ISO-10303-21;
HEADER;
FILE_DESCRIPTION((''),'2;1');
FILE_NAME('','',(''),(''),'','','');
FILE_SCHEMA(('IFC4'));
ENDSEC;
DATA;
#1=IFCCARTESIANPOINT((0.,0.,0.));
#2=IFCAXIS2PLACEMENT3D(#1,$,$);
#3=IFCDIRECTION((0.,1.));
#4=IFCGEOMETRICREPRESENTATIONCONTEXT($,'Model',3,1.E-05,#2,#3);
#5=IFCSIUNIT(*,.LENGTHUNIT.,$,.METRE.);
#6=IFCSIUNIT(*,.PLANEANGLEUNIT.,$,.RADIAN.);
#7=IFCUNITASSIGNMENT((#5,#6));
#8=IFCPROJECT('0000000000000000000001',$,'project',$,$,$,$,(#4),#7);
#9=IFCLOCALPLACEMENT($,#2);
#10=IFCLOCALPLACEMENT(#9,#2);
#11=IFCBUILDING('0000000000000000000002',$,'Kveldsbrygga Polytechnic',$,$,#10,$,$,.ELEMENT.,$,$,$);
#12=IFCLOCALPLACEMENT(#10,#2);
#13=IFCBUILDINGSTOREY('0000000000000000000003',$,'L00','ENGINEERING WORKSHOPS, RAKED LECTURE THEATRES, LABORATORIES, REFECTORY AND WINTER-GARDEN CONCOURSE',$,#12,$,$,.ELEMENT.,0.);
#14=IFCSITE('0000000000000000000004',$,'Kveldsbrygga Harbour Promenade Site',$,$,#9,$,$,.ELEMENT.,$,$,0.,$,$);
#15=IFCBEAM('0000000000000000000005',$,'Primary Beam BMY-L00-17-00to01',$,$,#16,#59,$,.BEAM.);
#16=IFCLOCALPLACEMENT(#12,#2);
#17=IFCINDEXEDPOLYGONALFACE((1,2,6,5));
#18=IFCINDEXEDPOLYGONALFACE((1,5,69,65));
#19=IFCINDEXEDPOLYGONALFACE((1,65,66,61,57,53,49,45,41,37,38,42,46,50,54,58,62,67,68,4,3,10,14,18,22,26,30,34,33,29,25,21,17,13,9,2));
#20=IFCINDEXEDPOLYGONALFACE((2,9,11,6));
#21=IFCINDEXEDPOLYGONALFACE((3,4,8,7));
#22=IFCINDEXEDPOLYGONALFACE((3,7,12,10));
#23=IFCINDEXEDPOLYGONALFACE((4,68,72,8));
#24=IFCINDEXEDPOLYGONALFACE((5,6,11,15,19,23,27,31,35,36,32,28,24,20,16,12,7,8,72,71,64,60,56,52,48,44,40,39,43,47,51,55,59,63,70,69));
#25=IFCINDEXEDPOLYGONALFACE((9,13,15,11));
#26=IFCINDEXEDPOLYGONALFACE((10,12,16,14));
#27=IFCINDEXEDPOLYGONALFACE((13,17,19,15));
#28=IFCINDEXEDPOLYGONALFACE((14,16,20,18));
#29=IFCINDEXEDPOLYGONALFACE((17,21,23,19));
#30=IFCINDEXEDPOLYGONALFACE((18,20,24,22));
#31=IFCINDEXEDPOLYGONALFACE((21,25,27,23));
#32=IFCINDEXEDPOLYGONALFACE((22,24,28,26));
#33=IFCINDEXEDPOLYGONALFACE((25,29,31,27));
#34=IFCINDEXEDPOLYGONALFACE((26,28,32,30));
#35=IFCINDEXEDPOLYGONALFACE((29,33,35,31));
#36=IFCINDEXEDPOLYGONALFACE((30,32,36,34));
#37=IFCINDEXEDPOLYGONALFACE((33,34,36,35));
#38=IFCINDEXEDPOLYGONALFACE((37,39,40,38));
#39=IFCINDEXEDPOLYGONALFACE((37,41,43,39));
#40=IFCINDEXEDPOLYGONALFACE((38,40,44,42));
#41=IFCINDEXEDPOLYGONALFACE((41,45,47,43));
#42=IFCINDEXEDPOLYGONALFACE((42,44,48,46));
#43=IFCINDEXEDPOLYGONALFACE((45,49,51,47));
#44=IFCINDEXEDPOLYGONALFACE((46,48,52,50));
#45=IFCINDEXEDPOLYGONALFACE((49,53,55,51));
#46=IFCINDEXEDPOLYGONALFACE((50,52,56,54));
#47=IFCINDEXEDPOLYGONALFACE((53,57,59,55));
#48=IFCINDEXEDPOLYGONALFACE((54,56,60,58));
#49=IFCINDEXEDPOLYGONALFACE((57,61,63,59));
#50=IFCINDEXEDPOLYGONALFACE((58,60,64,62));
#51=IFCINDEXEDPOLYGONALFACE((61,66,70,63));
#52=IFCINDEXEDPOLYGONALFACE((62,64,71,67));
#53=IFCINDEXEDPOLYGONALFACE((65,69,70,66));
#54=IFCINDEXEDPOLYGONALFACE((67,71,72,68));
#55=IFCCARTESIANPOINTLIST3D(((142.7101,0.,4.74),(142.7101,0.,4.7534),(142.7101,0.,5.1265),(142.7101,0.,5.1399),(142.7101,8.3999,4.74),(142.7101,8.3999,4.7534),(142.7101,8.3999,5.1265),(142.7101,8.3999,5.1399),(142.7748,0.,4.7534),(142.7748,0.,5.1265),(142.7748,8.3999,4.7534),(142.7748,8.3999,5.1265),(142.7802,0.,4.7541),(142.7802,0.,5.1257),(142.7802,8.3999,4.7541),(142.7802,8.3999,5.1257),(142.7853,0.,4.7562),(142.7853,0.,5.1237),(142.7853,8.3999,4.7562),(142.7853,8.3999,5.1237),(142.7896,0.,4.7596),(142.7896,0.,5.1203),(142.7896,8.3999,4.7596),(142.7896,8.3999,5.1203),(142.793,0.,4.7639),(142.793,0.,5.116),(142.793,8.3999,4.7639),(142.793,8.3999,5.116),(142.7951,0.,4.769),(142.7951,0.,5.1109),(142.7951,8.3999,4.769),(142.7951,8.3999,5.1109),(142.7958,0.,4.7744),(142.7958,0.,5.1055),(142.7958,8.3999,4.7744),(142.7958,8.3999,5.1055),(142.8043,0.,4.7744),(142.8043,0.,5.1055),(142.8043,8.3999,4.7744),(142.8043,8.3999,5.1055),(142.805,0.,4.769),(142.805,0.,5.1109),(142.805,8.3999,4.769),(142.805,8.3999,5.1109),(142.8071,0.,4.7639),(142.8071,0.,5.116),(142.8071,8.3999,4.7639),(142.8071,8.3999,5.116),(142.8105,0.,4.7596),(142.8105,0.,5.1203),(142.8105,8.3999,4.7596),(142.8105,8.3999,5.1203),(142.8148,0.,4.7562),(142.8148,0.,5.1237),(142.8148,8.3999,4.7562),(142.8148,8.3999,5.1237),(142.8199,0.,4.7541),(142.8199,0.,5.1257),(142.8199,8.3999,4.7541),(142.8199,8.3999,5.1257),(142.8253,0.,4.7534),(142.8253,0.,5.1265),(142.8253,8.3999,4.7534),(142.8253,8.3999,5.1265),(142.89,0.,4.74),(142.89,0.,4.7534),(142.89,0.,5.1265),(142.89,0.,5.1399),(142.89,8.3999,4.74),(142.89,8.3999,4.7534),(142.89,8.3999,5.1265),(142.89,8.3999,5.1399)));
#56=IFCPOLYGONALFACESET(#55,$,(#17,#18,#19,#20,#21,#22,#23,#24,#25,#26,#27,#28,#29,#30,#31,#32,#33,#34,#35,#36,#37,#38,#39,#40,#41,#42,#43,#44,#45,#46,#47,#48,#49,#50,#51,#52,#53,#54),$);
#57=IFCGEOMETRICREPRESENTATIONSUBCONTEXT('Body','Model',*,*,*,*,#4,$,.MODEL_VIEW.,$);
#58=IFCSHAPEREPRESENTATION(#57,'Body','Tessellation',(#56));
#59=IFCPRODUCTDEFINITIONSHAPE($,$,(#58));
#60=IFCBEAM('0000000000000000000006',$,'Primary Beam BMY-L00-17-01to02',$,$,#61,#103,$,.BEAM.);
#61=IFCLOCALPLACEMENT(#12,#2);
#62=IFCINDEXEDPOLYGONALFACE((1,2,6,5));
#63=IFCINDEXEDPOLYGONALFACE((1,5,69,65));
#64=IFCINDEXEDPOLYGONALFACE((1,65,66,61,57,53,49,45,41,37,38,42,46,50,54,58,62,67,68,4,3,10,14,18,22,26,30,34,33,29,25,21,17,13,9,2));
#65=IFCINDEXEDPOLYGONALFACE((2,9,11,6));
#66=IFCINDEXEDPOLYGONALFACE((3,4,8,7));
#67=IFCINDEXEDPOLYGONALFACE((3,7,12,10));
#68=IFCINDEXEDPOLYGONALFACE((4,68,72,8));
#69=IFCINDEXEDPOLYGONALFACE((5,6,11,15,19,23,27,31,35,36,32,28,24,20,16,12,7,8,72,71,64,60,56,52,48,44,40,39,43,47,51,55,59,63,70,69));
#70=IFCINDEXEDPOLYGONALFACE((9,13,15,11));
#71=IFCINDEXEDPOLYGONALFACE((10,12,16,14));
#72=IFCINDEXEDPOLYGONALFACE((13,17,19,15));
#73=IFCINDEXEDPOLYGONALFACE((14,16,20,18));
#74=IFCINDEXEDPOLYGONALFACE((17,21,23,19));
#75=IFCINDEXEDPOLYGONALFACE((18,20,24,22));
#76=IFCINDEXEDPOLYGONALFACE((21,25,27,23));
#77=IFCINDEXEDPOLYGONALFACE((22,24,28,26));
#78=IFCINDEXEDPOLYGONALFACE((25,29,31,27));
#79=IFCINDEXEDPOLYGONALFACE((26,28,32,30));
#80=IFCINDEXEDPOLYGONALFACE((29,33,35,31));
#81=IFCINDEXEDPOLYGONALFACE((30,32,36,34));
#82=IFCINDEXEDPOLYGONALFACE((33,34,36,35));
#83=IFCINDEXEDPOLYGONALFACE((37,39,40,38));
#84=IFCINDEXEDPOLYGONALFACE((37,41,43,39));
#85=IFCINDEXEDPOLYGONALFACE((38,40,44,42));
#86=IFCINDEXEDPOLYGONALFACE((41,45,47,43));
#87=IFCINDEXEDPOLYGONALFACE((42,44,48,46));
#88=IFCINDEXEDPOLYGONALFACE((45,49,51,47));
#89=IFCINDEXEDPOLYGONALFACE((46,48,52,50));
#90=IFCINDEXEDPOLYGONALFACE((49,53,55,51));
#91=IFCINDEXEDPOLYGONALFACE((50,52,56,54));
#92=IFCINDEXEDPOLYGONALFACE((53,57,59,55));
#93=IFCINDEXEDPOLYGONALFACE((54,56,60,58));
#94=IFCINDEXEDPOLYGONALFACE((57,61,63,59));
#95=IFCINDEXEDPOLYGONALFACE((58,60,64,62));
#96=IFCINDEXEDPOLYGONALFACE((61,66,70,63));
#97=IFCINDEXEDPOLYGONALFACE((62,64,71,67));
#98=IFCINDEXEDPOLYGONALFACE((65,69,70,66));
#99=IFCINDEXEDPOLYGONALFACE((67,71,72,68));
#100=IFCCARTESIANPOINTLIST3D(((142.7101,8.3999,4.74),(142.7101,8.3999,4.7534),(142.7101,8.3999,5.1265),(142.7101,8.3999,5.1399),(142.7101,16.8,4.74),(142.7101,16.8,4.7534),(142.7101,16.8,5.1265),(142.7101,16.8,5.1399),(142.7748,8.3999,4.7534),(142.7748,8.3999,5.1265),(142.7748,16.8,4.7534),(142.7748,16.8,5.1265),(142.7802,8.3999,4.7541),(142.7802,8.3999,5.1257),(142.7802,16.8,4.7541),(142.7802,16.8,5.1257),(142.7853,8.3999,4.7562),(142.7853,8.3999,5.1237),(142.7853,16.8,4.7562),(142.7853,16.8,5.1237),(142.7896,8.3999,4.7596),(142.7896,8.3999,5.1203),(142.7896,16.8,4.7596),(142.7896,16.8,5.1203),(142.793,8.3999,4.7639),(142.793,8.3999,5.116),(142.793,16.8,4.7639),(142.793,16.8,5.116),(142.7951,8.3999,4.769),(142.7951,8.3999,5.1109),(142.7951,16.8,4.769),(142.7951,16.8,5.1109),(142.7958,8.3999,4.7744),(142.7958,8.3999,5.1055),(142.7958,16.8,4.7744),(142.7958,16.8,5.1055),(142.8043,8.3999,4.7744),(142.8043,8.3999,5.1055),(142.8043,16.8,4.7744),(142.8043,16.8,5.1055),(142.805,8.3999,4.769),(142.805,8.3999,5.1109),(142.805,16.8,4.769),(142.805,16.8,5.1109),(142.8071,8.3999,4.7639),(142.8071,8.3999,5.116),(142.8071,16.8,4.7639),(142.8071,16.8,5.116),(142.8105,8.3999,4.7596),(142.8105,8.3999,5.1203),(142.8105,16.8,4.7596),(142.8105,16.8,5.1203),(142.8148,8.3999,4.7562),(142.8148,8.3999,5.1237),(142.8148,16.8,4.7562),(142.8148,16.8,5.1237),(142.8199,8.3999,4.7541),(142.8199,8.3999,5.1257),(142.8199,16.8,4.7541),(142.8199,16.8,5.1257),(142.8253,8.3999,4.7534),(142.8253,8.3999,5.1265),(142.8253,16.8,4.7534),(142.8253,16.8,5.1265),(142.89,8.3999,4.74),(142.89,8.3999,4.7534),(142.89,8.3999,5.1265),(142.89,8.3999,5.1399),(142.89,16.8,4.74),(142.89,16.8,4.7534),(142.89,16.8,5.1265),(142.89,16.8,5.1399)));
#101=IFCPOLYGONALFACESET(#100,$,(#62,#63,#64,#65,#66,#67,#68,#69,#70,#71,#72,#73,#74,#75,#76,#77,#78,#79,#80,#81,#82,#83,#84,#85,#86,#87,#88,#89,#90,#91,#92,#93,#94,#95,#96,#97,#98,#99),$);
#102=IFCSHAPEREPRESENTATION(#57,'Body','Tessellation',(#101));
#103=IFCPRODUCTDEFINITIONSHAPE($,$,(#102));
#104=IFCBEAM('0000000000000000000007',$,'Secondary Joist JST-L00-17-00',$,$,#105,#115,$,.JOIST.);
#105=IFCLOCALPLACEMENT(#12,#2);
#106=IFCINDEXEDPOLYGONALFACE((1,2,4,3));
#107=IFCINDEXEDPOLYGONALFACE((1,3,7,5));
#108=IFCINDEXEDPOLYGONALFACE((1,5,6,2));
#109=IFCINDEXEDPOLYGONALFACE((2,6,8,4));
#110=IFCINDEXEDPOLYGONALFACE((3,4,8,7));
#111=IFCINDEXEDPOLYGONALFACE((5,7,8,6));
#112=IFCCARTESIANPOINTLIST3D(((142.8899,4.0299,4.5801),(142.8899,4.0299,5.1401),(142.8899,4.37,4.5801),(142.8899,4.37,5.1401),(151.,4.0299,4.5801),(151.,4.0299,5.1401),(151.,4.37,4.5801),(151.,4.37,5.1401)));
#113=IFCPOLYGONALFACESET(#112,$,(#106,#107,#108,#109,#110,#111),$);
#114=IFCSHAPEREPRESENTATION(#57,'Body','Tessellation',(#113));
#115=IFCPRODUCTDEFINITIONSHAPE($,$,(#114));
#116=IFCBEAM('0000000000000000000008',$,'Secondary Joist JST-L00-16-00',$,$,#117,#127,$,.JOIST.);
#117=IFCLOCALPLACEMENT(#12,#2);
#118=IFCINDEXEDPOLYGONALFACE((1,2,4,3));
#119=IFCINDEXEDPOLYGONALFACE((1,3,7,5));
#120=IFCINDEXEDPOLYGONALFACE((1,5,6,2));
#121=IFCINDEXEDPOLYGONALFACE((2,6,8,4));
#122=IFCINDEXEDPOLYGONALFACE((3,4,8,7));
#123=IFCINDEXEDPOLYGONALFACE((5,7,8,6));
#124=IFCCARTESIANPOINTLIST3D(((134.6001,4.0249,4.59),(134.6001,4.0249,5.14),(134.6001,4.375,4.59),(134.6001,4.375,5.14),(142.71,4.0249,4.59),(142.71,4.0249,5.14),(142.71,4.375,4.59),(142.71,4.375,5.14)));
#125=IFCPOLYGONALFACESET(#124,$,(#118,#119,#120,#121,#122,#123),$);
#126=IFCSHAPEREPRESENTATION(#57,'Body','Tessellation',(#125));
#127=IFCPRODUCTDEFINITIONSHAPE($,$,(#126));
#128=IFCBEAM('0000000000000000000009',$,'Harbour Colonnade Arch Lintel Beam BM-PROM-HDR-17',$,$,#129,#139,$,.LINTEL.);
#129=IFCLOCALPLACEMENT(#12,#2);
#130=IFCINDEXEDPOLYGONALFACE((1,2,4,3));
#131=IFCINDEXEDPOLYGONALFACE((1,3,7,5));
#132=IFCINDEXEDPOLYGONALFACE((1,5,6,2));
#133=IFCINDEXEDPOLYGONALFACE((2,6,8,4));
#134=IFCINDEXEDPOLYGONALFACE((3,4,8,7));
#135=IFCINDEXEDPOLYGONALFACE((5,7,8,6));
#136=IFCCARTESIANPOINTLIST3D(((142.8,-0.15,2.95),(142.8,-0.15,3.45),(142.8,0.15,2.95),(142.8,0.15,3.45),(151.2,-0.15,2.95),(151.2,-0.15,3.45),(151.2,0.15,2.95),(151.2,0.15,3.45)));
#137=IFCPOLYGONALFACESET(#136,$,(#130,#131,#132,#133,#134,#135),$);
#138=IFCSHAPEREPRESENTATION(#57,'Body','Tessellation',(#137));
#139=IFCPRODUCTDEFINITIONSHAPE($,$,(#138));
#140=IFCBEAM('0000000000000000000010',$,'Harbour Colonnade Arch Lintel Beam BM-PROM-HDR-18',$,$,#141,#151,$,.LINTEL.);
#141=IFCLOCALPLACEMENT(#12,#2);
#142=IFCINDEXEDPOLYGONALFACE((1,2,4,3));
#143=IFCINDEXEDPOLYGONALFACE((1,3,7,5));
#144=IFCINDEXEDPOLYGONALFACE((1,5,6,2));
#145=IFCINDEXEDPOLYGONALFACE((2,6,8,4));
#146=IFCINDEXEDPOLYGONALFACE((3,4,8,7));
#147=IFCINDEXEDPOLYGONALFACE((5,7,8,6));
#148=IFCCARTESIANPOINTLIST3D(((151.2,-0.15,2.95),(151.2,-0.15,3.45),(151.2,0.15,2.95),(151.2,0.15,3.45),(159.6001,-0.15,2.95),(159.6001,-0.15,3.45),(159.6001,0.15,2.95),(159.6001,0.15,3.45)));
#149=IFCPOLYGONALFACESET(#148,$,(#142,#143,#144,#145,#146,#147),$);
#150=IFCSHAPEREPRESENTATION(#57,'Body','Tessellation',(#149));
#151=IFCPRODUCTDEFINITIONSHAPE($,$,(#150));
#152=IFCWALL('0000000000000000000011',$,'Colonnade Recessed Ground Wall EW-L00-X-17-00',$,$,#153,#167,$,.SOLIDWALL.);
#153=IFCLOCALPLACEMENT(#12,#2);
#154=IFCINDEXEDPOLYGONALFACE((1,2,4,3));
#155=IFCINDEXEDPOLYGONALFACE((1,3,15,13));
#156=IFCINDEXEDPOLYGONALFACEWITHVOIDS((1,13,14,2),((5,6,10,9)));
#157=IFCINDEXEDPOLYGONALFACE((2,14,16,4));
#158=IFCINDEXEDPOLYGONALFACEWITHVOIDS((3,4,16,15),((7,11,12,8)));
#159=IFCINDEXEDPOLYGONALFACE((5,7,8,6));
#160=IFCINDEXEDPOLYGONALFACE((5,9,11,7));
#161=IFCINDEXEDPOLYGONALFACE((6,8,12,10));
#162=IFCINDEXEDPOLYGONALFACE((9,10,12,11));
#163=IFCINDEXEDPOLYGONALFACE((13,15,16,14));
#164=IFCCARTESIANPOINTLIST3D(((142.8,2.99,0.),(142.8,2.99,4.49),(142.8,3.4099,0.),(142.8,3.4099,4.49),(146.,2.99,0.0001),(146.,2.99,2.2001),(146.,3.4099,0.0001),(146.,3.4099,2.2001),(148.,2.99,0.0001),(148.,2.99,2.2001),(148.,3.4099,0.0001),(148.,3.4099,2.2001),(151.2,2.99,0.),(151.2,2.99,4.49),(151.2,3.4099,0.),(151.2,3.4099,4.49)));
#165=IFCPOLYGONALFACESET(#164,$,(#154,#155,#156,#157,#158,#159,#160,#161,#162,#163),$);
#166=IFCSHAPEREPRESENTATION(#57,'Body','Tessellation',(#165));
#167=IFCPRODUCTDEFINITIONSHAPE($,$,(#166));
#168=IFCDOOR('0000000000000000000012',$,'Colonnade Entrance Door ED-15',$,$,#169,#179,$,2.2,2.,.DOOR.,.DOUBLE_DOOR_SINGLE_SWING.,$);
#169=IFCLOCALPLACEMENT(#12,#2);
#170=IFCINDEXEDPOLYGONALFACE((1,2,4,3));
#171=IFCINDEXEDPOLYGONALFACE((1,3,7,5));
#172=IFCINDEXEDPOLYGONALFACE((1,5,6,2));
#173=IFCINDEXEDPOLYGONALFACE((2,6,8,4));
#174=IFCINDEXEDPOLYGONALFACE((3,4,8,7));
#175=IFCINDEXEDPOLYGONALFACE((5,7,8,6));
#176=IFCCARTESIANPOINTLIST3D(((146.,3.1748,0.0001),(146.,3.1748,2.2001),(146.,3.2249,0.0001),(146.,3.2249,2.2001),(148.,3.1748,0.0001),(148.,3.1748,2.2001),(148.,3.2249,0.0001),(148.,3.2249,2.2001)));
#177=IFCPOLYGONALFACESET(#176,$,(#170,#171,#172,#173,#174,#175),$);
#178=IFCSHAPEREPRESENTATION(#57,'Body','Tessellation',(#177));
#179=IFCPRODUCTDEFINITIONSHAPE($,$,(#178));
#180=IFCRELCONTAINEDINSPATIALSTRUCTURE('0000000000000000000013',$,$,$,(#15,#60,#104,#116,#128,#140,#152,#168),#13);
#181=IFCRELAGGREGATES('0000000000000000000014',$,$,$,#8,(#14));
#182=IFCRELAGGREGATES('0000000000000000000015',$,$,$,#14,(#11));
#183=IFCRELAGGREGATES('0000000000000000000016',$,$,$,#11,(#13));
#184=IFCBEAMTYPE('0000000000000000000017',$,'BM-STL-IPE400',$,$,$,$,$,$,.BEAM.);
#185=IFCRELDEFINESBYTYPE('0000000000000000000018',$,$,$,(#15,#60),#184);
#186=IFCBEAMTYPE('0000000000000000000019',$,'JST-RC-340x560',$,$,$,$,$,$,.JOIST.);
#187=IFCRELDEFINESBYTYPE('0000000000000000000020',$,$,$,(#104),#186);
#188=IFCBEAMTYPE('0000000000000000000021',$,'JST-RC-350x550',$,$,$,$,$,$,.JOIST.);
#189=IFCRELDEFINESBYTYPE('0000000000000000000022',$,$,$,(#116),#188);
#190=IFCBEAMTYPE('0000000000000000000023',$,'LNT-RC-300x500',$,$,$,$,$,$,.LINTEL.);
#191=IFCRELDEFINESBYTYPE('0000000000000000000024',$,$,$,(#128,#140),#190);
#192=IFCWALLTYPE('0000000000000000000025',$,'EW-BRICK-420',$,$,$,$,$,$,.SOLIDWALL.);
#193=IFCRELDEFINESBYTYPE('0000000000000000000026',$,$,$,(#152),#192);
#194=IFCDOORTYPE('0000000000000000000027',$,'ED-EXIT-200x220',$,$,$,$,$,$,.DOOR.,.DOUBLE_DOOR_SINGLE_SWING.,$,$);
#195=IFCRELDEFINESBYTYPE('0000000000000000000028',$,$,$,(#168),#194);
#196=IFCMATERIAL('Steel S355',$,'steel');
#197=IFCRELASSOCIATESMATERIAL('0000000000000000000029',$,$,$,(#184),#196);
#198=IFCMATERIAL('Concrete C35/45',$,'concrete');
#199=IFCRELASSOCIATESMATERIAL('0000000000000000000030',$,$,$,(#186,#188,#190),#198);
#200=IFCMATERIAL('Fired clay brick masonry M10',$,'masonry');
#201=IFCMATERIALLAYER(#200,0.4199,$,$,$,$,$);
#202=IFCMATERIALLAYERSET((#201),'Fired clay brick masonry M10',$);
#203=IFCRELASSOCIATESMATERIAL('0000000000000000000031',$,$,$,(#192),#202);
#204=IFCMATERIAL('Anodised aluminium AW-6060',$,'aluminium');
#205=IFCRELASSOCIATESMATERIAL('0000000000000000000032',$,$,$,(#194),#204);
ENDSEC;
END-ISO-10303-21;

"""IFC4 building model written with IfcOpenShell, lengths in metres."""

from ifc_helpers import new_model, si_unit, direction, frame, frame_2d, origin, origin_2d, place, context, subcontext, project, spatial, rectangle, i_section, extrude, material, layer, layer_set, material_profile, profile_set, type_object, element, fill, save


model = new_model("IFC4")

# Units and contexts
model_context = context("Model", 3, precision=1e-05, world=origin(), true_north=direction((0.0, 1.0)))
body_context = subcontext(model_context, "Body", "Model", "MODEL_VIEW")
ifc_project = project(units=[si_unit("LENGTHUNIT", "METRE"), si_unit("PLANEANGLEUNIT", "RADIAN")], contexts=[model_context])

# Site, building, storey
site_placement = place(None, origin())
site = spatial("IfcSite", under=ifc_project, at=site_placement, Name="Kveldsbrygga Harbour Promenade Site", CompositionType="ELEMENT", RefElevation=0.0)
building_placement = place(site_placement, origin())
building = spatial("IfcBuilding", under=site, at=building_placement, Name="Kveldsbrygga Polytechnic", CompositionType="ELEMENT")
storey_placement = place(building_placement, origin())
storey = spatial("IfcBuildingStorey", under=building, at=storey_placement, Name="L00", Description="ENGINEERING WORKSHOPS, RAKED LECTURE THEATRES, LABORATORIES, REFECTORY AND WINTER-GARDEN CONCOURSE", CompositionType="ELEMENT", Elevation=0.0)

# Beams
ifc_material_1 = material(Name="Concrete C35/45", Category="concrete")
ifc_material_2 = material(Name="Steel S355", Category="steel")
ifc_material_profile_1 = material_profile(ifc_material_2, i_section(OverallWidth=0.1799, OverallDepth=0.3999, WebThickness=0.0085, FlangeThickness=0.0134, FilletRadius=0.021, at=origin_2d()), Name="IPE 400")
ifc_profile_set_1 = profile_set([ifc_material_profile_1], Name="Steel S355")
beam_type_1 = type_object("IfcBeamType", Name="BM-STL-IPE400", PredefinedType="BEAM", material=ifc_profile_set_1)
beam_1_placement = place(storey_placement, frame((142.8, 0.0, 4.9399), z_axis=(0.0, 1.0, 0.0), x_axis=(-1.0, 0.0, 0.0)))
element("IfcBeam", 1, at=beam_1_placement, inside=storey, type_object=beam_type_1, Name="Primary Beam BMY-L00-17-00to01", PredefinedType="BEAM", context=body_context, shape_type="SweptSolid", body=[
    extrude(i_section(OverallWidth=0.1799, OverallDepth=0.3999, WebThickness=0.0085, FlangeThickness=0.0134, FilletRadius=0.021, at=origin_2d()), origin(), (0.0, 0.0, 1.0), 8.3999),
])
beam_2_placement = place(storey_placement, frame((142.8, 8.3999, 4.9399), z_axis=(0.0, 1.0, 0.0), x_axis=(-1.0, 0.0, 0.0)))
element("IfcBeam", 2, at=beam_2_placement, inside=storey, type_object=beam_type_1, Name="Primary Beam BMY-L00-17-01to02", PredefinedType="BEAM", context=body_context, shape_type="SweptSolid", body=[
    extrude(i_section(OverallWidth=0.1799, OverallDepth=0.3999, WebThickness=0.0085, FlangeThickness=0.0134, FilletRadius=0.021, at=origin_2d()), origin(), (0.0, 0.0, 1.0), 8.4001),
])
ifc_material_profile_2 = material_profile(ifc_material_1, rectangle(XDim=0.3401, YDim=0.5601, at=origin_2d()), Name="RC 340x560")
ifc_profile_set_2 = profile_set([ifc_material_profile_2], Name="Concrete C35/45")
beam_type_2 = type_object("IfcBeamType", Name="JST-RC-340x560", PredefinedType="JOIST", material=ifc_profile_set_2)
beam_3_placement = place(storey_placement, frame((142.8899, 4.2, 4.8601), z_axis=(1.0, 0.0, 0.0), x_axis=(0.0, 1.0, 0.0)))
element("IfcBeam", 3, at=beam_3_placement, inside=storey, type_object=beam_type_2, Name="Secondary Joist JST-L00-17-00", PredefinedType="JOIST", context=body_context, shape_type="SweptSolid", body=[
    extrude(rectangle(XDim=0.3401, YDim=0.5601, at=origin_2d()), origin(), (0.0, 0.0, 1.0), 8.1101),
])
ifc_material_profile_3 = material_profile(ifc_material_1, rectangle(XDim=0.3501, YDim=0.55, at=origin_2d()), Name="RC 350x550")
ifc_profile_set_3 = profile_set([ifc_material_profile_3], Name="Concrete C35/45")
beam_type_3 = type_object("IfcBeamType", Name="JST-RC-350x550", PredefinedType="JOIST", material=ifc_profile_set_3)
beam_4_placement = place(storey_placement, frame((134.6001, 4.2, 4.865), z_axis=(1.0, 0.0, 0.0), x_axis=(0.0, 1.0, 0.0)))
element("IfcBeam", 4, at=beam_4_placement, inside=storey, type_object=beam_type_3, Name="Secondary Joist JST-L00-16-00", PredefinedType="JOIST", context=body_context, shape_type="SweptSolid", body=[
    extrude(rectangle(XDim=0.3501, YDim=0.55, at=origin_2d()), origin(), (0.0, 0.0, 1.0), 8.1099),
])
ifc_material_profile_4 = material_profile(ifc_material_1, rectangle(XDim=0.3, YDim=0.5, at=origin_2d()), Name="RC 300x500")
ifc_profile_set_4 = profile_set([ifc_material_profile_4], Name="Concrete C35/45")
beam_type_4 = type_object("IfcBeamType", Name="LNT-RC-300x500", PredefinedType="LINTEL", material=ifc_profile_set_4)
beam_5_placement = place(storey_placement, frame((142.8, 0.0, 3.2), z_axis=(1.0, 0.0, 0.0), x_axis=(0.0, 1.0, 0.0)))
element("IfcBeam", 5, at=beam_5_placement, inside=storey, type_object=beam_type_4, Name="Harbour Colonnade Arch Lintel Beam BM-PROM-HDR-17", PredefinedType="LINTEL", context=body_context, shape_type="SweptSolid", body=[
    extrude(rectangle(XDim=0.3, YDim=0.5, at=origin_2d()), origin(), (0.0, 0.0, 1.0), 8.3999),
])
beam_6_placement = place(storey_placement, frame((151.2, 0.0, 3.2), z_axis=(1.0, 0.0, 0.0), x_axis=(0.0, 1.0, 0.0)))
element("IfcBeam", 6, at=beam_6_placement, inside=storey, type_object=beam_type_4, Name="Harbour Colonnade Arch Lintel Beam BM-PROM-HDR-18", PredefinedType="LINTEL", context=body_context, shape_type="SweptSolid", body=[
    extrude(rectangle(XDim=0.3, YDim=0.5, at=origin_2d()), origin(), (0.0, 0.0, 1.0), 8.4001),
])

# Wall, opening, door
ifc_material_3 = material(Name="Fired clay brick masonry M10", Category="masonry")
ifc_layer_1 = layer(ifc_material_3, 0.4199)
ifc_layer_set_1 = layer_set([ifc_layer_1], Name="Fired clay brick masonry M10")
wall_type_1 = type_object("IfcWallType", Name="EW-BRICK-420", PredefinedType="SOLIDWALL", material=ifc_layer_set_1)
wall_1_placement = place(storey_placement, frame((142.8, 3.2, 0.0), z_axis=(0.0, 0.0, 1.0), x_axis=(1.0, 0.0, 0.0)))
wall_1 = element("IfcWall", 7, at=wall_1_placement, inside=storey, type_object=wall_type_1, Name="Colonnade Recessed Ground Wall EW-L00-X-17-00", PredefinedType="SOLIDWALL", context=body_context, shape_type="SweptSolid", body=[
    extrude(rectangle(XDim=8.3999, YDim=0.4199, at=frame_2d((4.2, 0.0))), origin(), (0.0, 0.0, 1.0), 4.49),
])
opening_1_placement = place(wall_1_placement, frame((3.2, 0.0, 0.0)))
opening_1 = element("IfcOpeningElement", 8, at=opening_1_placement, cuts=wall_1, PredefinedType="OPENING", context=body_context, shape_type="SweptSolid", body=[
    extrude(rectangle(XDim=2.0, YDim=2.2, at=frame_2d((1.0, 1.1001))), frame((0.0, 0.22, 0.0), z_axis=(0.0, -1.0, 0.0), x_axis=(1.0, 0.0, 0.0)), (0.0, 0.0, 1.0), 0.4399),
])
ifc_material_4 = material(Name="Anodised aluminium AW-6060", Category="aluminium")
door_type = type_object("IfcDoorType", Name="ED-EXIT-200x220", OperationType="DOUBLE_DOOR_SINGLE_SWING", PredefinedType="DOOR", material=ifc_material_4)
door_placement = place(opening_1_placement, origin())
door = element("IfcDoor", 9, at=door_placement, inside=storey, type_object=door_type, Name="Colonnade Entrance Door ED-15", OperationType="DOUBLE_DOOR_SINGLE_SWING", OverallHeight=2.2, OverallWidth=2.0, PredefinedType="DOOR", context=body_context, shape_type="SweptSolid", body=[
    extrude(rectangle(XDim=2.0, YDim=2.2, at=frame_2d((1.0, 1.1001))), frame((0.0, 0.0249, 0.0), z_axis=(0.0, -1.0, 0.0), x_axis=(1.0, 0.0, 0.0)), (0.0, 0.0, 1.0), 0.05),
])
fill(opening_1, door)

save(model, "model.ifc")
